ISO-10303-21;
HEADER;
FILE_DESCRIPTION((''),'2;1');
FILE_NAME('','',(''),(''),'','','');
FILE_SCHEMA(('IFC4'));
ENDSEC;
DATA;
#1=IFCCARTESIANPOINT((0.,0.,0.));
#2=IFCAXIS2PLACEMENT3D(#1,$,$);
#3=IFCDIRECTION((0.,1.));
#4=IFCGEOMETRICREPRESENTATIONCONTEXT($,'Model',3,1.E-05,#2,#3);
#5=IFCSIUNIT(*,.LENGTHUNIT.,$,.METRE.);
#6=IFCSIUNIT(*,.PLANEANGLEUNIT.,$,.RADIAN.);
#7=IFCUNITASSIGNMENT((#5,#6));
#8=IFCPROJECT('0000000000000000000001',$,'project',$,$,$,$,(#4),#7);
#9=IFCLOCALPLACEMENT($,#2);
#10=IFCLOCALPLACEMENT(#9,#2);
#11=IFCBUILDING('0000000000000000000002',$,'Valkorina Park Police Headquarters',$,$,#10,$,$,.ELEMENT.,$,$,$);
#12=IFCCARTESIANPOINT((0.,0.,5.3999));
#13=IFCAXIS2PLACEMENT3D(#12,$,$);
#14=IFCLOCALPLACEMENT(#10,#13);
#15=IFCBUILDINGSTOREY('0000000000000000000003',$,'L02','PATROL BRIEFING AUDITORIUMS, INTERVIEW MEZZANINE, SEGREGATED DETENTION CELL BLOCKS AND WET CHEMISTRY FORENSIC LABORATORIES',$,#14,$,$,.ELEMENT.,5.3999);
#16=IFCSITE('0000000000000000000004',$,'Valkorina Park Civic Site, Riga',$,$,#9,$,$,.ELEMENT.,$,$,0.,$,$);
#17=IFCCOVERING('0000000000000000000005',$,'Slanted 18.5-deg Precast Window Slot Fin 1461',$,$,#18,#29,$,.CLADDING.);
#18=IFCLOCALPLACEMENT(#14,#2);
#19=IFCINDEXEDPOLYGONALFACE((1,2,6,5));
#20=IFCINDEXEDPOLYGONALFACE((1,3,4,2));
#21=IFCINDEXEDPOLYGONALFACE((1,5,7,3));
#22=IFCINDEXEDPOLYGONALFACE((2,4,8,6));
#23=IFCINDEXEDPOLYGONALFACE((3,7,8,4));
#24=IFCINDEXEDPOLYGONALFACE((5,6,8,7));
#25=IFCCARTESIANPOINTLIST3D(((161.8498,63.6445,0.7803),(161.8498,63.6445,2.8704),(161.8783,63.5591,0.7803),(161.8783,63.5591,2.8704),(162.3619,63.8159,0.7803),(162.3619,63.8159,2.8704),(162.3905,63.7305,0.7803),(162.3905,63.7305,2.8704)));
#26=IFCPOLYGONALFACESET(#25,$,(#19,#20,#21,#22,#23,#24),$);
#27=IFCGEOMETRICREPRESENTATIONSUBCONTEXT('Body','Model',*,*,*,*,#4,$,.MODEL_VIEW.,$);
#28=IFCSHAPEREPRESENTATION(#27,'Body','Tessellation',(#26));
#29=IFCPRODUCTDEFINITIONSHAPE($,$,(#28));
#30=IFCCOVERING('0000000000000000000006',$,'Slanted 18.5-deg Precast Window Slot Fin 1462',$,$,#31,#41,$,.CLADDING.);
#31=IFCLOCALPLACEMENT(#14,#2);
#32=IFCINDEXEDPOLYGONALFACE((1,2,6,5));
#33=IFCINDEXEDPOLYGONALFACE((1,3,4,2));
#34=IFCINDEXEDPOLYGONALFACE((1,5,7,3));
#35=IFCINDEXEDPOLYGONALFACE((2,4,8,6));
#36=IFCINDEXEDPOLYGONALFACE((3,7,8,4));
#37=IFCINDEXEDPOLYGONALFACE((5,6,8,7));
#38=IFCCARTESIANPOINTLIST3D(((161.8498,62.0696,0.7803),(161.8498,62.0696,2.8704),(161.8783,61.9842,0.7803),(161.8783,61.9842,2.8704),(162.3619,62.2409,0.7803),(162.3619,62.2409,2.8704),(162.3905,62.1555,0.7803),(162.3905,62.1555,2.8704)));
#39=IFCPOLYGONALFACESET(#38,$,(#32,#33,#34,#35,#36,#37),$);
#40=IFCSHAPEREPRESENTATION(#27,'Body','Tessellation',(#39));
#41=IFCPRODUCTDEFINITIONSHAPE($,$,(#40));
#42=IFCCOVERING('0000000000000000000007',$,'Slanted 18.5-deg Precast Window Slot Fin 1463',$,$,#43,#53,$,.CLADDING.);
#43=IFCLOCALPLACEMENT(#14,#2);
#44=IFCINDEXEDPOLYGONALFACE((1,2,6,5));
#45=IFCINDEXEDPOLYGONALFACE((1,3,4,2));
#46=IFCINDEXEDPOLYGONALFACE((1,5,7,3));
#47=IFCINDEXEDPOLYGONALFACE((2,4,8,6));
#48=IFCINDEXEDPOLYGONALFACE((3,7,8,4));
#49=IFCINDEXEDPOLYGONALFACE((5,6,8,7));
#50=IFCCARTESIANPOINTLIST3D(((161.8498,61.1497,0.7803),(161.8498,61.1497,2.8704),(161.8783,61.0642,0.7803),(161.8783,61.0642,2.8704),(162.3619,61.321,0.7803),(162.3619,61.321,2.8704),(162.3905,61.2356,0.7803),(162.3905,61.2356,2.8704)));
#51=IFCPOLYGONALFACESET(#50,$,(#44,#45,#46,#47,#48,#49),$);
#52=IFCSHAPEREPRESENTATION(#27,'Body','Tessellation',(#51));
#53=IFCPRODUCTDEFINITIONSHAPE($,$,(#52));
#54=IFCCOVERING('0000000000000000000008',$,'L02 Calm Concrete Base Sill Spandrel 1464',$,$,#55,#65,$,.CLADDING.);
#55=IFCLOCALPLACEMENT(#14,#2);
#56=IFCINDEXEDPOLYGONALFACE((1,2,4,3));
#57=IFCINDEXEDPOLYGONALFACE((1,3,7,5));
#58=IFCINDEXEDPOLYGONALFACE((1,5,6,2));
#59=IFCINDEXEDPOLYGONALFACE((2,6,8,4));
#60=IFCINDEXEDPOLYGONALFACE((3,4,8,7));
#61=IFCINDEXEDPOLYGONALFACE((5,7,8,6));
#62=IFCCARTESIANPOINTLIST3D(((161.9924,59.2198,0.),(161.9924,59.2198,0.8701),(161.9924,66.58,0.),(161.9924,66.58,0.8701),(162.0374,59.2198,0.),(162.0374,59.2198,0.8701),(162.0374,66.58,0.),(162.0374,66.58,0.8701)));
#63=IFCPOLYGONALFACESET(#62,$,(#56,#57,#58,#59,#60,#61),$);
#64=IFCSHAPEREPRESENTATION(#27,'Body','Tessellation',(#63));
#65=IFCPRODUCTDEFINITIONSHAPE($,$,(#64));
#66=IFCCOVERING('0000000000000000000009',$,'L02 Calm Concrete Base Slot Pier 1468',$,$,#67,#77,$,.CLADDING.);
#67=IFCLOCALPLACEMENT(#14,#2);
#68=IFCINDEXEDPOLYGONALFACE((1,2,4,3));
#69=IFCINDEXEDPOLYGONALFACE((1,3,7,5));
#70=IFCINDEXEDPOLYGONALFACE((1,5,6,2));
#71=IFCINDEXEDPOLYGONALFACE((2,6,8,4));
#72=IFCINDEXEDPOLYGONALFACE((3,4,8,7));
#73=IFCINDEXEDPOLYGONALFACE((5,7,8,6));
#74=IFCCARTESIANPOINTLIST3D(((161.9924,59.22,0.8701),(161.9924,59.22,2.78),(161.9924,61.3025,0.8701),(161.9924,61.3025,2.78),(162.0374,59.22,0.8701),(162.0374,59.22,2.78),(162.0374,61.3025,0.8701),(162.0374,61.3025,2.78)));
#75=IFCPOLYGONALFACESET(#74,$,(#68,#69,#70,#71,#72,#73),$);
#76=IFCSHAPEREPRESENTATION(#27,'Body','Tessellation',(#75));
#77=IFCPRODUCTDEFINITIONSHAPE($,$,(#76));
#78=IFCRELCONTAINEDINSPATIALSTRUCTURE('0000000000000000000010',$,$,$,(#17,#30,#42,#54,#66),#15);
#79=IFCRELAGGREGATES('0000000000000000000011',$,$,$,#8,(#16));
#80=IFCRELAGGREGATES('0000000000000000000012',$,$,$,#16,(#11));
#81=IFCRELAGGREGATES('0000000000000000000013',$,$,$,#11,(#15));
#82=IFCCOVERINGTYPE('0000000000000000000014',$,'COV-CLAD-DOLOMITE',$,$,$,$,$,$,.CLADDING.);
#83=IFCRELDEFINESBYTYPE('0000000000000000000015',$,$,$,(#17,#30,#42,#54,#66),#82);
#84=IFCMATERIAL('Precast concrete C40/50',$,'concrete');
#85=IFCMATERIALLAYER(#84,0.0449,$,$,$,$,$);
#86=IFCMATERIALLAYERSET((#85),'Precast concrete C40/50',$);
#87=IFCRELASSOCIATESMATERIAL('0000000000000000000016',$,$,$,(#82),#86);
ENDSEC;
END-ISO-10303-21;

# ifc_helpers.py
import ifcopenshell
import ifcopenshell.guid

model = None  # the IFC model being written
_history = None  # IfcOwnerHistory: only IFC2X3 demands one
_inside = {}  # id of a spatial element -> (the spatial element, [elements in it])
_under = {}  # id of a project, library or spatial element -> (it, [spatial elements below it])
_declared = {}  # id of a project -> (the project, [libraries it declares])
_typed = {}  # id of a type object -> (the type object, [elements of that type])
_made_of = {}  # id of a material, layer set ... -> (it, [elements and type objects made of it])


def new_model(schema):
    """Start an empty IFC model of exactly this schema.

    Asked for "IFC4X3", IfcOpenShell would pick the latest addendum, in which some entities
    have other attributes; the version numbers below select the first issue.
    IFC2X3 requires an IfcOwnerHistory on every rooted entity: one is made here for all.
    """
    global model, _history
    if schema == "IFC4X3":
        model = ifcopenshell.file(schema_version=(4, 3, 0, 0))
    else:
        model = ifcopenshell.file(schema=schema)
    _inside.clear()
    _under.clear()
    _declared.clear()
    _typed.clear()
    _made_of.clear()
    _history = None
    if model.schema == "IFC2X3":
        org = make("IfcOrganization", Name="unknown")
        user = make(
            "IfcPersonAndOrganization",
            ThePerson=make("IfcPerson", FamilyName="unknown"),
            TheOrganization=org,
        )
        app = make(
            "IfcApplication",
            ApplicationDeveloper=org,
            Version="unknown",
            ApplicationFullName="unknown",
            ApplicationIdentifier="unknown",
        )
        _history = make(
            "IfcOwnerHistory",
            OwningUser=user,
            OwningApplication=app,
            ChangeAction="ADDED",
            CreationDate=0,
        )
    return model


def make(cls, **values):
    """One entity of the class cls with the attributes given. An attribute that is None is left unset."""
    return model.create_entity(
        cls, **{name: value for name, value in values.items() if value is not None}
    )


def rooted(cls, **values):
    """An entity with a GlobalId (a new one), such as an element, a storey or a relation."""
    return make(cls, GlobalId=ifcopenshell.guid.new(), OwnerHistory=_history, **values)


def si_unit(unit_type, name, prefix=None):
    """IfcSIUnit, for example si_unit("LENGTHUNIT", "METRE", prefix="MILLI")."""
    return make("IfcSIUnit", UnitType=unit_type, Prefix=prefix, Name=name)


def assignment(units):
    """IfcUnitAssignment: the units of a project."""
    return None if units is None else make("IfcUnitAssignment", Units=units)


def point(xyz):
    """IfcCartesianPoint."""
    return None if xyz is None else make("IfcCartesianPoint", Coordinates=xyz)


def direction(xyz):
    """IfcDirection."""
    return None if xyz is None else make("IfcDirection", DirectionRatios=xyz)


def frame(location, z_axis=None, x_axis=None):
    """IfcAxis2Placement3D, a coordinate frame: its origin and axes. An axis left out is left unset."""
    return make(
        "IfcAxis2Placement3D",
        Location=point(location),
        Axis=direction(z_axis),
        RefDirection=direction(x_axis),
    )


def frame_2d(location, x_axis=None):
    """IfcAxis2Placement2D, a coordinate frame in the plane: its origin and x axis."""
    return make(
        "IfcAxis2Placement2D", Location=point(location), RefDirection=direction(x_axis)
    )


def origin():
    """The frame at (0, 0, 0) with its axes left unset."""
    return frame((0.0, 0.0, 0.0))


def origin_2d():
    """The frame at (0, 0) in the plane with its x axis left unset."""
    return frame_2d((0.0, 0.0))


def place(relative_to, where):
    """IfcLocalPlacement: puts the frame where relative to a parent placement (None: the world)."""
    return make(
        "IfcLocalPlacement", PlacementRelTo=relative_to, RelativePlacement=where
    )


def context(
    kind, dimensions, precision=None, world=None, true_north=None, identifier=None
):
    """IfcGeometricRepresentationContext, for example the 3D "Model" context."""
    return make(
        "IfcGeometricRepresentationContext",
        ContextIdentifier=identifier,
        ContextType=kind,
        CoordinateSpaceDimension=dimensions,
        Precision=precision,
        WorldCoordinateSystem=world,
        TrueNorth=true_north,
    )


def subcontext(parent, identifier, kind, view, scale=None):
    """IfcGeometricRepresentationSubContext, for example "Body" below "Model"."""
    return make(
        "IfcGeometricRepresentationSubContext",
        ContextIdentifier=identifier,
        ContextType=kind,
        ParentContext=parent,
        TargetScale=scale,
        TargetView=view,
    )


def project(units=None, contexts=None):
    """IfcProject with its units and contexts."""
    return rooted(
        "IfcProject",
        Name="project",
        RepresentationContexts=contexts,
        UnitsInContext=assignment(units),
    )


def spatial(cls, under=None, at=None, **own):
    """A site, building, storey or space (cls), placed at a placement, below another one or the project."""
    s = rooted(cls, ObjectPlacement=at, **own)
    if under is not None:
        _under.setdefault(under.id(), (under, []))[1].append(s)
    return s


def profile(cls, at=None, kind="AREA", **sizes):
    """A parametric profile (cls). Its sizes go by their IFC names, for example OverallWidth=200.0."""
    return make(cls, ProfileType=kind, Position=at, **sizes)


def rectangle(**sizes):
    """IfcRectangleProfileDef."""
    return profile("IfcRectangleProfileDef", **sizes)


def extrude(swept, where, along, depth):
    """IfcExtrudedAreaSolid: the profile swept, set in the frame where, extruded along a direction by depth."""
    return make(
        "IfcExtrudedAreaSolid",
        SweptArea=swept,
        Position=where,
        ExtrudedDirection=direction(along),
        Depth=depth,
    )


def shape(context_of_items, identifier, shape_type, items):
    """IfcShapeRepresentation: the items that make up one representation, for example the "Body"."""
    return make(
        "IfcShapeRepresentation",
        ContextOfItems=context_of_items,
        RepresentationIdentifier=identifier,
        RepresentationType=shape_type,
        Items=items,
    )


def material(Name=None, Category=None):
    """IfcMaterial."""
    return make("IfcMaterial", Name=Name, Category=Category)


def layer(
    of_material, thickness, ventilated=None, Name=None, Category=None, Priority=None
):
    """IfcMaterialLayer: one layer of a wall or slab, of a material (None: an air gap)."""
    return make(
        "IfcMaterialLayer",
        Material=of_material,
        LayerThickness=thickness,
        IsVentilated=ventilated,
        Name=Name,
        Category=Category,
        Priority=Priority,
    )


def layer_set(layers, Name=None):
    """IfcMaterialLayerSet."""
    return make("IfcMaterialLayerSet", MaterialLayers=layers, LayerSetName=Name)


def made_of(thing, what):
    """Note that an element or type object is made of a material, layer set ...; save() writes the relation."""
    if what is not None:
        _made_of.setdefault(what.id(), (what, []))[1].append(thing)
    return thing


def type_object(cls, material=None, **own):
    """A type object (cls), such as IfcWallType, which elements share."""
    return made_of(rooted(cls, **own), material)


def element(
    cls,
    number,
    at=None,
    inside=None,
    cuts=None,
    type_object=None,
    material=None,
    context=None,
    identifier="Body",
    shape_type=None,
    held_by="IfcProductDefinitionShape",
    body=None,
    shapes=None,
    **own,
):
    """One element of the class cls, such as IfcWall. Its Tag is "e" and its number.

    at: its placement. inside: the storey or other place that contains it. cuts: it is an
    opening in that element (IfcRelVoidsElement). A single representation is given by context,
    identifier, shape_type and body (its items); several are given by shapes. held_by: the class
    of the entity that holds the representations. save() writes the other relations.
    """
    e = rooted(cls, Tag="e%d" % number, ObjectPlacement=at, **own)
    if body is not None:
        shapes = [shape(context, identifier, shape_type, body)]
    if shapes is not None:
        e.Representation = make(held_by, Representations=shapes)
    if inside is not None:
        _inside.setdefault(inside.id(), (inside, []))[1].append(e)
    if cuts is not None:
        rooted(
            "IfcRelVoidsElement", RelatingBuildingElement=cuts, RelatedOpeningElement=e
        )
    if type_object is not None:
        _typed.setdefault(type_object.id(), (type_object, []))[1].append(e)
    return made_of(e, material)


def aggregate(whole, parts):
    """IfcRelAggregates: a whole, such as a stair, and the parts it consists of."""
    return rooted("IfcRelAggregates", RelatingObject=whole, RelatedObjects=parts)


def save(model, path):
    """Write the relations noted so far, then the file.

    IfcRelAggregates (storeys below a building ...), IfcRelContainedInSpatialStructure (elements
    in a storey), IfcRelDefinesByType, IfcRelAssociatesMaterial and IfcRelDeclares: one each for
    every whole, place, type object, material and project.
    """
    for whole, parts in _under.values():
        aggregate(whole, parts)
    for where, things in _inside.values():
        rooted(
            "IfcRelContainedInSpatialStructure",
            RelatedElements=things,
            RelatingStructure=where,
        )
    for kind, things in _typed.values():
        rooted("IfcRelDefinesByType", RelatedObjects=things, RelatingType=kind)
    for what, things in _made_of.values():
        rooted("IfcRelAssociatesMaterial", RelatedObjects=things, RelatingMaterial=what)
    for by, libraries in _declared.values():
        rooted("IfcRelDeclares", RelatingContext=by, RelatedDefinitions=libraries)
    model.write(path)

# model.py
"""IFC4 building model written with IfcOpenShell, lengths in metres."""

from ifc_helpers import new_model, si_unit, direction, frame, frame_2d, origin, origin_2d, place, context, subcontext, project, spatial, rectangle, extrude, material, layer, layer_set, type_object, element, save


model = new_model("IFC4")

# Units and contexts
model_context = context("Model", 3, precision=1e-05, world=origin(), true_north=direction((0.0, 1.0)))
body_context = subcontext(model_context, "Body", "Model", "MODEL_VIEW")
ifc_project = project(units=[si_unit("LENGTHUNIT", "METRE"), si_unit("PLANEANGLEUNIT", "RADIAN")], contexts=[model_context])

# Site, building, storey
site_placement = place(None, origin())
site = spatial("IfcSite", under=ifc_project, at=site_placement, Name="Valkorina Park Civic Site, Riga", CompositionType="ELEMENT", RefElevation=0.0)
building_placement = place(site_placement, origin())
building = spatial("IfcBuilding", under=site, at=building_placement, Name="Valkorina Park Police Headquarters", CompositionType="ELEMENT")
storey_placement = place(building_placement, frame((0.0, 0.0, 5.3999)))
storey = spatial("IfcBuildingStorey", under=building, at=storey_placement, Name="L02", Description="PATROL BRIEFING AUDITORIUMS, INTERVIEW MEZZANINE, SEGREGATED DETENTION CELL BLOCKS AND WET CHEMISTRY FORENSIC LABORATORIES", CompositionType="ELEMENT", Elevation=5.3999)

# Shared definitions
ifc_material_1 = material(Name="Precast concrete C40/50", Category="concrete")

# Coverings
ifc_layer_1 = layer(ifc_material_1, 0.0449)
ifc_layer_set_1 = layer_set([ifc_layer_1], Name="Precast concrete C40/50")
covering_type = type_object("IfcCoveringType", Name="COV-CLAD-DOLOMITE", PredefinedType="CLADDING", material=ifc_layer_set_1)
for number, where, z_axis, x_axis, name in (
    (1, (162.1201, 63.6875, 0.7803), (0.0, 0.0, 1.0), (0.948324, 0.317305, 0.0), "Slanted 18.5-deg Precast Window Slot Fin 1461"),
    (2, (162.1201, 62.1125, 0.7803), (0.0, 0.0, 1.0), (0.948324, 0.317305, 0.0), "Slanted 18.5-deg Precast Window Slot Fin 1462"),
    (3, (162.1201, 61.1926, 0.7803), (0.0, 0.0, 1.0), (0.948324, 0.317305, 0.0), "Slanted 18.5-deg Precast Window Slot Fin 1463"),
):
    element("IfcCovering", number, at=place(storey_placement, frame(where, z_axis=z_axis, x_axis=x_axis)), inside=storey, type_object=covering_type, Name=name, PredefinedType="CLADDING", context=body_context, shape_type="SweptSolid", body=[
        extrude(rectangle(XDim=0.54, YDim=0.0901, at=origin_2d()), origin(), (0.0, 0.0, 1.0), 2.0901),
    ])
covering_1_placement = place(storey_placement, frame((162.0149, 66.5801, 0.0), z_axis=(0.0, 0.0, 1.0), x_axis=(0.0, -1.0, 0.0)))
element("IfcCovering", 4, at=covering_1_placement, inside=storey, type_object=covering_type, Name="L02 Calm Concrete Base Sill Spandrel 1464", PredefinedType="CLADDING", context=body_context, shape_type="SweptSolid", body=[
    extrude(rectangle(XDim=7.3601, YDim=0.0449, at=frame_2d((3.6802, 0.0))), origin(), (0.0, 0.0, 1.0), 0.8701),
])
covering_2_placement = place(storey_placement, frame((162.0149, 61.3025, 0.8701), z_axis=(0.0, 0.0, 1.0), x_axis=(0.0, -1.0, 0.0)))
element("IfcCovering", 5, at=covering_2_placement, inside=storey, type_object=covering_type, Name="L02 Calm Concrete Base Slot Pier 1468", PredefinedType="CLADDING", context=body_context, shape_type="SweptSolid", body=[
    extrude(rectangle(XDim=2.0825, YDim=0.0449, at=frame_2d((1.0413, 0.0))), origin(), (0.0, 0.0, 1.0), 1.9099),
])

save(model, "model.ifc")
